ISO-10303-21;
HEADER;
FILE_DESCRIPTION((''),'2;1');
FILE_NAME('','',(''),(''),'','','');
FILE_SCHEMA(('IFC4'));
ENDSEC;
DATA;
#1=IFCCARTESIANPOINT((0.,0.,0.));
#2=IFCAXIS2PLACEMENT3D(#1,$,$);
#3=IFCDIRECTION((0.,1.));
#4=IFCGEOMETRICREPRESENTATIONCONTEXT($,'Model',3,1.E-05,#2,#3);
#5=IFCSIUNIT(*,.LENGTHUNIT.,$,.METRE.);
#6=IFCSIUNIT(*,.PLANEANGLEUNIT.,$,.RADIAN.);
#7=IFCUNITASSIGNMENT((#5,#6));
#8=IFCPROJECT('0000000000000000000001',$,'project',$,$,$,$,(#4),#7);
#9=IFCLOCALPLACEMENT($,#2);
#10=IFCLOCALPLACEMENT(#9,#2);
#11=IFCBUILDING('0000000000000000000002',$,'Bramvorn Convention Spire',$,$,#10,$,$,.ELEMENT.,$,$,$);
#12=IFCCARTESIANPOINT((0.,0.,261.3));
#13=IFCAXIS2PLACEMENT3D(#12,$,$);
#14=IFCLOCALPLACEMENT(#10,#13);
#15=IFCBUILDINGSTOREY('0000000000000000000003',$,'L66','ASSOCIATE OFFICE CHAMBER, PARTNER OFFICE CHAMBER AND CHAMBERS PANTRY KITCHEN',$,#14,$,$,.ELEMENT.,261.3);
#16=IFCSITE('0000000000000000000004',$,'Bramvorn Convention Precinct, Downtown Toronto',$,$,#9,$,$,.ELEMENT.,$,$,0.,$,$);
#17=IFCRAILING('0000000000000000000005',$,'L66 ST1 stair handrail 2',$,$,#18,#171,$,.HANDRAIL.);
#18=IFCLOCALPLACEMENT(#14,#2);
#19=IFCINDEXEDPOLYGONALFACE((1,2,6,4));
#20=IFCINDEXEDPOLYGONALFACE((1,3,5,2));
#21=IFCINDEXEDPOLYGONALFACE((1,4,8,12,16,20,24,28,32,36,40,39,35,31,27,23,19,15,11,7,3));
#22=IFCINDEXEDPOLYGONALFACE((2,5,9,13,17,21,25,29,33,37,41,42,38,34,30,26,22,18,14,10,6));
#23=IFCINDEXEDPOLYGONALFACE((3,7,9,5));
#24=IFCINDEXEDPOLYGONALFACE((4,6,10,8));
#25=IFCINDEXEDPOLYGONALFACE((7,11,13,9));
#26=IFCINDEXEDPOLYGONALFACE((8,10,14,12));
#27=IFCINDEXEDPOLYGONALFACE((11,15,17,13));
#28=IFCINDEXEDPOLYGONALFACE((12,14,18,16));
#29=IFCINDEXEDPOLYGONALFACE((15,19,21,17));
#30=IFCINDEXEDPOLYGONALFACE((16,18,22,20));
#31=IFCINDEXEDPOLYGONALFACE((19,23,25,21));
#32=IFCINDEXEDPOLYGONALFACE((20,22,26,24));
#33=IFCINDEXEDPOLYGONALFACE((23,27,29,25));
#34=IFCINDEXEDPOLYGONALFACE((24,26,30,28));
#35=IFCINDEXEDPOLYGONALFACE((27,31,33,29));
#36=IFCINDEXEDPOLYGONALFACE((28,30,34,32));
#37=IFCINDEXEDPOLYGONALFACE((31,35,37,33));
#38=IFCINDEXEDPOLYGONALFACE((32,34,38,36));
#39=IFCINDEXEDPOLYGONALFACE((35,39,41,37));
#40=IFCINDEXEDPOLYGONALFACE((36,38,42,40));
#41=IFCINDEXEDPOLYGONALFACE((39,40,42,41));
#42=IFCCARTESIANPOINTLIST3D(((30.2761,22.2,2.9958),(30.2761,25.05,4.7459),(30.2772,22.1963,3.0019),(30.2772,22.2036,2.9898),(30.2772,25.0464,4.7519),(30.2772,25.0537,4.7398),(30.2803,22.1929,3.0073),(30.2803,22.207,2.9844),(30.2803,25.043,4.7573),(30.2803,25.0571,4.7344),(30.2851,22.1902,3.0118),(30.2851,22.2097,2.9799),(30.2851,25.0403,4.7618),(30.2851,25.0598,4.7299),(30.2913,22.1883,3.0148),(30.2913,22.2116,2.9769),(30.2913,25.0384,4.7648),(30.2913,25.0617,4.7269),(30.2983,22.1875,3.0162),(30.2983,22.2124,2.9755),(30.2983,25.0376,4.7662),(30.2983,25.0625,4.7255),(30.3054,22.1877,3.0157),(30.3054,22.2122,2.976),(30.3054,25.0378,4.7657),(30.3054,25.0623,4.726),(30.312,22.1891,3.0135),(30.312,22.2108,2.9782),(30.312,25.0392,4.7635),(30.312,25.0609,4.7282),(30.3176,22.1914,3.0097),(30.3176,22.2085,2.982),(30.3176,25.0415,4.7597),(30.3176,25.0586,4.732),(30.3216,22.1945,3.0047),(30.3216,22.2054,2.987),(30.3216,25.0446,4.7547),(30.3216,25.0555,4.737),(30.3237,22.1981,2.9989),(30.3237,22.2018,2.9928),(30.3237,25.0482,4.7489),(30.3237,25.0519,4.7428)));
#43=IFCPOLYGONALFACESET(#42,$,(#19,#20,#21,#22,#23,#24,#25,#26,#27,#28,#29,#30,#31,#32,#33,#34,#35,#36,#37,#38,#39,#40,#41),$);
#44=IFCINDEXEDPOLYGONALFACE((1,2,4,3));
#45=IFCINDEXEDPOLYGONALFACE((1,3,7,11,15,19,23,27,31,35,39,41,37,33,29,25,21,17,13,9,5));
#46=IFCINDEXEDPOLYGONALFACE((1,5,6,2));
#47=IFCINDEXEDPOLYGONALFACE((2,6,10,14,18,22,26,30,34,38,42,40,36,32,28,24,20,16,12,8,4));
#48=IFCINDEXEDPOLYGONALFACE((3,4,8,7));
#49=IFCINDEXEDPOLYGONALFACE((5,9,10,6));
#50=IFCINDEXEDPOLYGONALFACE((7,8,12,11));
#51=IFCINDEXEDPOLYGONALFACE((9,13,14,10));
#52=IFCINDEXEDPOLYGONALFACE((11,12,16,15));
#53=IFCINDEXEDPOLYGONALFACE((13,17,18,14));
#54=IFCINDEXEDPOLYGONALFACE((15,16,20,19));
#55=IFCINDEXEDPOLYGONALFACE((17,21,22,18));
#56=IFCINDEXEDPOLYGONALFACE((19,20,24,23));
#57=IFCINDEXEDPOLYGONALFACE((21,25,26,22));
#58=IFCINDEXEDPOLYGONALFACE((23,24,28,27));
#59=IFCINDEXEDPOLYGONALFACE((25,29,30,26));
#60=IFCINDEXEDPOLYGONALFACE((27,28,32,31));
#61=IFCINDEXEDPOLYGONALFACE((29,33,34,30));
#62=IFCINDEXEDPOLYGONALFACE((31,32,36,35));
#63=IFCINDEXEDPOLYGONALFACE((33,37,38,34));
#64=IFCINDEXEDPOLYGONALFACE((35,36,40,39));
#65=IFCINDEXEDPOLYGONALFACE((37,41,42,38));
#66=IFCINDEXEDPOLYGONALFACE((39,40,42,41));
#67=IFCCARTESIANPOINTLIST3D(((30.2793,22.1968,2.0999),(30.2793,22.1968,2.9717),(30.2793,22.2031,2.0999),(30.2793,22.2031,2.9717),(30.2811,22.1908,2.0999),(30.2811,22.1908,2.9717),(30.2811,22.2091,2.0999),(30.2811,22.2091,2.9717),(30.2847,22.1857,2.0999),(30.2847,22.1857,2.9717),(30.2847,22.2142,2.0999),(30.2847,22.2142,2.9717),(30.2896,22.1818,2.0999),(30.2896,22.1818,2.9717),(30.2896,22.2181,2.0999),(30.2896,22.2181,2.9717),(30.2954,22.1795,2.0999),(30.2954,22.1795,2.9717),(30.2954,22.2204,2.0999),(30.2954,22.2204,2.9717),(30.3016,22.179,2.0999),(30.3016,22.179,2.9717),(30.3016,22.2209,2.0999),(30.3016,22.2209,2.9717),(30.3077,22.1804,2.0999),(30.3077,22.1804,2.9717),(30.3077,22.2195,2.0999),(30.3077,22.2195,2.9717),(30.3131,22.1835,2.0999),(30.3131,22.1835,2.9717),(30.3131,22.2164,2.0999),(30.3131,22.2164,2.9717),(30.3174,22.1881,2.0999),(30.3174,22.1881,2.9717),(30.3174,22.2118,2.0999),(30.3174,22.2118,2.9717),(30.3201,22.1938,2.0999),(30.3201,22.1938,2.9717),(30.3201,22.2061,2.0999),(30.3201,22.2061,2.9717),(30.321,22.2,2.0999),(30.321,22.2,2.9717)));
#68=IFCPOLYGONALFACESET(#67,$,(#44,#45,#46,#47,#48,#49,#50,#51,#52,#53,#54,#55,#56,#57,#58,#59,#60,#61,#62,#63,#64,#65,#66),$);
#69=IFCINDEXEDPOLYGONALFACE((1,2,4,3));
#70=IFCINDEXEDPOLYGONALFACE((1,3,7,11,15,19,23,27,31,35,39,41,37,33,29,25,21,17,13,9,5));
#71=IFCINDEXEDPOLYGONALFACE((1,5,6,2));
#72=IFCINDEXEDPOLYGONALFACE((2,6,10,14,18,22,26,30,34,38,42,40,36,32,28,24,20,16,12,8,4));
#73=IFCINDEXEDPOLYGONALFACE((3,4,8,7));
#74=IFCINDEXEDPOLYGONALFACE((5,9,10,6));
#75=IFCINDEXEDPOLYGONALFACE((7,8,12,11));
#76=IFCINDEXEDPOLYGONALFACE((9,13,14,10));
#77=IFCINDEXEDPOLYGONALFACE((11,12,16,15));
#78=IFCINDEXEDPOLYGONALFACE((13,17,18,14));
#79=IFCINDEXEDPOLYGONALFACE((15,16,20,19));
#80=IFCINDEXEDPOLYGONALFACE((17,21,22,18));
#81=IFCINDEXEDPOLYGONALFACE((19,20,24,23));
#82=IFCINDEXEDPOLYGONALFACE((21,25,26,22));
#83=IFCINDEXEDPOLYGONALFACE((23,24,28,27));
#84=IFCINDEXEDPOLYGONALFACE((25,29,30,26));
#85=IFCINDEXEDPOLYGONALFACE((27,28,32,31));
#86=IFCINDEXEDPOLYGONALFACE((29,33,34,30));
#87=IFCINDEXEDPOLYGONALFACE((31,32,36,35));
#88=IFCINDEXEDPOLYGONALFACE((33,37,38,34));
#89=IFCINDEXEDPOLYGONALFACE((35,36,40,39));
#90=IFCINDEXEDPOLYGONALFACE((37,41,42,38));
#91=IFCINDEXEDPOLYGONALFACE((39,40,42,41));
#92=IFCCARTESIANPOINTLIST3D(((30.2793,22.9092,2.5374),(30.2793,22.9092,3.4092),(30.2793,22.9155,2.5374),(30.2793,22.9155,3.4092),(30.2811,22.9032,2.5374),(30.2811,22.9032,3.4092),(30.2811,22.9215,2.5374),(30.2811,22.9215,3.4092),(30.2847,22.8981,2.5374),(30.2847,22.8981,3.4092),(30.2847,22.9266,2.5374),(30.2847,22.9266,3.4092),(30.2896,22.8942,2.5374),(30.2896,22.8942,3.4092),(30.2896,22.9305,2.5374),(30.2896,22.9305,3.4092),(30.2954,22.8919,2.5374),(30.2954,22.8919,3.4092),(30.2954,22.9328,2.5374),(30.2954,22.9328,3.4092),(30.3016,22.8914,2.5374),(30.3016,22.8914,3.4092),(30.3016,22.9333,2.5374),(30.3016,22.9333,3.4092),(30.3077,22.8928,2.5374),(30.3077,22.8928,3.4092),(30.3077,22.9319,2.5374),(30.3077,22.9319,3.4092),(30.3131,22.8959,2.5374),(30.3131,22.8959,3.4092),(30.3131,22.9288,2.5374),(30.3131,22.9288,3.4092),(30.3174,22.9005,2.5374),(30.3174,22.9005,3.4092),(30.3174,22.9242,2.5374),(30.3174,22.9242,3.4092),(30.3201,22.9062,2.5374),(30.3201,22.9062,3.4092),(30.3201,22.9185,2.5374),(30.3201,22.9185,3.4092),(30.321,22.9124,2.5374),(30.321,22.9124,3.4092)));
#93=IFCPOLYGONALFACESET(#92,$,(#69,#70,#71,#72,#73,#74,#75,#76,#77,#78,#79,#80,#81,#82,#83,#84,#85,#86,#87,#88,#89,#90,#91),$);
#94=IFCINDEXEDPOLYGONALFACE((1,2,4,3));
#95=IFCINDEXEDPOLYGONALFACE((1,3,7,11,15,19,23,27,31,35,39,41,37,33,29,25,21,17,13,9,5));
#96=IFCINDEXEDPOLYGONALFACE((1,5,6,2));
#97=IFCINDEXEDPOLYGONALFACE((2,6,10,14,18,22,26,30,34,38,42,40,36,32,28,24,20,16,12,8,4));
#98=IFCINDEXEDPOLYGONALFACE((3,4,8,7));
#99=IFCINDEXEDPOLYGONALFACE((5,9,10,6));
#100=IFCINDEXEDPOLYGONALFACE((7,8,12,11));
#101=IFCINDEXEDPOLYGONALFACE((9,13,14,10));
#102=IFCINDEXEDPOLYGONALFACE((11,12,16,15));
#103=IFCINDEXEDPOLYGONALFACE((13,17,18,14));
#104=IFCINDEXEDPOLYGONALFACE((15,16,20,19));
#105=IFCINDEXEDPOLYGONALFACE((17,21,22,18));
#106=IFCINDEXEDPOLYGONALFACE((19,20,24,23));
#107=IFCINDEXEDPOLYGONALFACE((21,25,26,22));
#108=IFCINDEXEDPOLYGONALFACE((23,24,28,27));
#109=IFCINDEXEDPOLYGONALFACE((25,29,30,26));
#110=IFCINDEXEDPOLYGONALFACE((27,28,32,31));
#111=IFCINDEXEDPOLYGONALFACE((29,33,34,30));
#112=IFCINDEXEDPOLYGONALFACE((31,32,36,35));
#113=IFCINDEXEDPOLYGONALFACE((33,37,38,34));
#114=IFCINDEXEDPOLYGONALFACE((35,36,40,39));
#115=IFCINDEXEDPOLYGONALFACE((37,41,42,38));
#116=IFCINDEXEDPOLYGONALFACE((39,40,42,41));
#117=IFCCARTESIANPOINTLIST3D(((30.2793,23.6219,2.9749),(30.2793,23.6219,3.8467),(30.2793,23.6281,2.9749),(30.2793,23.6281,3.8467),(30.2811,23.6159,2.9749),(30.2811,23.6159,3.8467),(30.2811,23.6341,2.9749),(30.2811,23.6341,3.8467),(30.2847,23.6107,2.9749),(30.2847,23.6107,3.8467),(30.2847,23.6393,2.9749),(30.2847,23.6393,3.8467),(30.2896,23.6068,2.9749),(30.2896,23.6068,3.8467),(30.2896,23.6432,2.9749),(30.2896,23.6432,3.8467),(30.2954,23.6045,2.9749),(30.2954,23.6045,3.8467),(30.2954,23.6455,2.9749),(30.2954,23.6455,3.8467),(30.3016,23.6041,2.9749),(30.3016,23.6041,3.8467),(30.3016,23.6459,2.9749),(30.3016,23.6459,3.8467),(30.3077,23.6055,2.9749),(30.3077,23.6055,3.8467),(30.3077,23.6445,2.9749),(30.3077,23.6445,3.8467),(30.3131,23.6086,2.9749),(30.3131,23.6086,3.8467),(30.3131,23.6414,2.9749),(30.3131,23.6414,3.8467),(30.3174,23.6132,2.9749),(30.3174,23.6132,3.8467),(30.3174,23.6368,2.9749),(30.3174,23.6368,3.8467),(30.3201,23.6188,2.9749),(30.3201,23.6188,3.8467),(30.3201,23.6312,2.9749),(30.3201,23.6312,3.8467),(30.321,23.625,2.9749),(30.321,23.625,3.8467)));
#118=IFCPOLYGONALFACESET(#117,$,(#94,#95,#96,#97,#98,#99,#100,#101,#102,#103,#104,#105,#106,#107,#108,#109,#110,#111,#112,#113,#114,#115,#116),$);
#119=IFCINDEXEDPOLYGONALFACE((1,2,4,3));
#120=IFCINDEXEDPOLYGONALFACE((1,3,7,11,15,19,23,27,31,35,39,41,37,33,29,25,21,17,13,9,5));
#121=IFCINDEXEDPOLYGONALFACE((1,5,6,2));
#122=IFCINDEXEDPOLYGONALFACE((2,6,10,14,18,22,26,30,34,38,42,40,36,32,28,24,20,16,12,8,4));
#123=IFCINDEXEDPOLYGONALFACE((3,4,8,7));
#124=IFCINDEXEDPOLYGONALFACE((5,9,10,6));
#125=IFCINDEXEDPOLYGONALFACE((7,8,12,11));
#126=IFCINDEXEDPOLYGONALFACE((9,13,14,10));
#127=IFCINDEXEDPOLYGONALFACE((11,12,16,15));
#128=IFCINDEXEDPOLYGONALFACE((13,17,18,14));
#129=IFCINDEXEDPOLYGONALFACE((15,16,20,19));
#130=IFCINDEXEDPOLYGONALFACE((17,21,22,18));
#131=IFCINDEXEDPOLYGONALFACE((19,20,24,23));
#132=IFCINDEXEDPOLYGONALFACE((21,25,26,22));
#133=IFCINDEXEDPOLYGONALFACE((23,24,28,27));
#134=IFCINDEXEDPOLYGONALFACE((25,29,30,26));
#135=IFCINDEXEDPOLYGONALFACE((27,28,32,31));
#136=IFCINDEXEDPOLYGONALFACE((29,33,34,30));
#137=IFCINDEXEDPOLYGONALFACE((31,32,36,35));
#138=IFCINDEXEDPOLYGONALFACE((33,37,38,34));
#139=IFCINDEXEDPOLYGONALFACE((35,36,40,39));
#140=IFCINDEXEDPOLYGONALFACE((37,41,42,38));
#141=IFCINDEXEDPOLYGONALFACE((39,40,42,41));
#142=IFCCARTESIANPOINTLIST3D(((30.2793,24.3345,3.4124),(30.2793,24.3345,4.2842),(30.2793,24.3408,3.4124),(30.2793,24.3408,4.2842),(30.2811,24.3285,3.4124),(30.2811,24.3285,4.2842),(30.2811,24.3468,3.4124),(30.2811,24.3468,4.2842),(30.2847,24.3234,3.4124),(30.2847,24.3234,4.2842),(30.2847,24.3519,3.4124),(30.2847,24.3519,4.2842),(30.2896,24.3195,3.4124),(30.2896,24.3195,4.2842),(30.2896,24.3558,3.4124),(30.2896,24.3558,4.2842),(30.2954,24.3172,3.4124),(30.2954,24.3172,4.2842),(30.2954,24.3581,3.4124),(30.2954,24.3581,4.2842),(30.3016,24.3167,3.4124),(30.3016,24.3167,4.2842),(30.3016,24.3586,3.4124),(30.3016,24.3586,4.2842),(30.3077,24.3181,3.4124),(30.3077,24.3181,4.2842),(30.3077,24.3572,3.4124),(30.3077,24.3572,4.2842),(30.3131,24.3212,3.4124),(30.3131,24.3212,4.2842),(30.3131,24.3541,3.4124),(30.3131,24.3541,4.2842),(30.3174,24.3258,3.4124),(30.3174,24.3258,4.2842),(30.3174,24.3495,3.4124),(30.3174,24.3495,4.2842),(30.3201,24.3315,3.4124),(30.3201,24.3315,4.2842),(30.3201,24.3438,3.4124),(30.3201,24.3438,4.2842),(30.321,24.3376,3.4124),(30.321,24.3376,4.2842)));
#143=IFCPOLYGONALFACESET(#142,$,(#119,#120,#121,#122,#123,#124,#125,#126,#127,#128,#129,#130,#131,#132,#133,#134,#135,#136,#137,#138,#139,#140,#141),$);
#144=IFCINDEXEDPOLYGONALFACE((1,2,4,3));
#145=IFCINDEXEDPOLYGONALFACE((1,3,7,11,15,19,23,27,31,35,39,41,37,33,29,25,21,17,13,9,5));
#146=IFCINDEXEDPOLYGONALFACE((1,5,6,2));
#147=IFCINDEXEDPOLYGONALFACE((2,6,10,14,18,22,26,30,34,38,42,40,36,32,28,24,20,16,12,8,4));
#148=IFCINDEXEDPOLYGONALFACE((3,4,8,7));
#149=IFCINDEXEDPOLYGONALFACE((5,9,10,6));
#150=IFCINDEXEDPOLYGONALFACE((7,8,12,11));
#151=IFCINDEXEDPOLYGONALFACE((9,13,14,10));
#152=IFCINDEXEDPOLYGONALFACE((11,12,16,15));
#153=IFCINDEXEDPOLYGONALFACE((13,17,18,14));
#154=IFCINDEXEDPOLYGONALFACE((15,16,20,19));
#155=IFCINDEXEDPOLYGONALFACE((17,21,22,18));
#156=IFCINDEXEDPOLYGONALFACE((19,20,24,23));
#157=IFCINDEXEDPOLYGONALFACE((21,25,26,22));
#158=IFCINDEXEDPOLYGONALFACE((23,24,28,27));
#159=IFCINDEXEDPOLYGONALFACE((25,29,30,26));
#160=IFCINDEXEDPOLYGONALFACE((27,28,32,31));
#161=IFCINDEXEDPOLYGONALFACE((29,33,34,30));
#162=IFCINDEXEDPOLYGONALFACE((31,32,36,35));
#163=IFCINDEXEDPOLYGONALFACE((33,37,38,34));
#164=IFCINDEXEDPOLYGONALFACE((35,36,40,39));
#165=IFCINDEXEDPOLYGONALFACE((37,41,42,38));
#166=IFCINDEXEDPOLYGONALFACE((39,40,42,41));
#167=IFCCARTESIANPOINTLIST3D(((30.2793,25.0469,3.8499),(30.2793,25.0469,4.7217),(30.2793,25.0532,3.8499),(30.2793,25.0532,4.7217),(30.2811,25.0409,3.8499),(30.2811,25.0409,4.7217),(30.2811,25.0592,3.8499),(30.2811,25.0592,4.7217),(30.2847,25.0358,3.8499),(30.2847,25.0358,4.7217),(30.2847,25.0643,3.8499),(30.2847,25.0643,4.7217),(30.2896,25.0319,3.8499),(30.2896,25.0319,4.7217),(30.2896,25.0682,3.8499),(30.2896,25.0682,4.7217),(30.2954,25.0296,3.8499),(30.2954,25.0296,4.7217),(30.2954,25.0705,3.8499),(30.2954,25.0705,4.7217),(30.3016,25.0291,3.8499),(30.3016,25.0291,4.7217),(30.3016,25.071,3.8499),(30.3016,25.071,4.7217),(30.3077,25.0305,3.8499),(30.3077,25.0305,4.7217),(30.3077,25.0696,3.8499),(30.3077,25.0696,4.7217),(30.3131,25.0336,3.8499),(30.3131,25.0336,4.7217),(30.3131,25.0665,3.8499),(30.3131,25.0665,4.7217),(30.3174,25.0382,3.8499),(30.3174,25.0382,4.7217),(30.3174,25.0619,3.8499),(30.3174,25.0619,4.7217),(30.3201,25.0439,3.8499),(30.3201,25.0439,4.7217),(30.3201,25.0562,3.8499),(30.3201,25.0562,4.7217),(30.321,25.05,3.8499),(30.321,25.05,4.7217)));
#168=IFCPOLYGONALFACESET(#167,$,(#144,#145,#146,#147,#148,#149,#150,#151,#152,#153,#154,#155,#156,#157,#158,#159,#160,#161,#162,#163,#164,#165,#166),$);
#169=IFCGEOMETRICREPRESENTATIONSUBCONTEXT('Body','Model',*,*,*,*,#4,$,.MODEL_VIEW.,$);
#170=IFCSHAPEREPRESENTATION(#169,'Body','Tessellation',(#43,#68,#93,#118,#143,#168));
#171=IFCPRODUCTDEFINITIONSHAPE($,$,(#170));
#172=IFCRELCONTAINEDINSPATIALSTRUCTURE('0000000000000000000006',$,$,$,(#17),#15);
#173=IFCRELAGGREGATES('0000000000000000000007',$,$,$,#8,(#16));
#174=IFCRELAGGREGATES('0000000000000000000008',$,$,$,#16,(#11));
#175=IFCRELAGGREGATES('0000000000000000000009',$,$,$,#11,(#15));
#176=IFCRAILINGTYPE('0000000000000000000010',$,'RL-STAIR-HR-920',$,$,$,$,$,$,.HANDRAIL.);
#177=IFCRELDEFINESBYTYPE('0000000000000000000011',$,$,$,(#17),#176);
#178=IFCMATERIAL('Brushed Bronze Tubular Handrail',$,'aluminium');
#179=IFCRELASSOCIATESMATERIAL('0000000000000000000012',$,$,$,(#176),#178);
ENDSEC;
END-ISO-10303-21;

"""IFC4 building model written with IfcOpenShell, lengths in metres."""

from ifc_helpers import new_model, si_unit, direction, frame, origin, origin_2d, place, context, subcontext, project, spatial, circle, extrude, material, type_object, element, save


model = new_model("IFC4")

# Units and contexts
model_context = context("Model", 3, precision=1e-05, world=origin(), true_north=direction((0.0, 1.0)))
body_context = subcontext(model_context, "Body", "Model", "MODEL_VIEW")
ifc_project = project(units=[si_unit("LENGTHUNIT", "METRE"), si_unit("PLANEANGLEUNIT", "RADIAN")], contexts=[model_context])

# Site, building, storey
site_placement = place(None, origin())
site = spatial("IfcSite", under=ifc_project, at=site_placement, Name="Bramvorn Convention Precinct, Downtown Toronto", CompositionType="ELEMENT", RefElevation=0.0)
building_placement = place(site_placement, origin())
building = spatial("IfcBuilding", under=site, at=building_placement, Name="Bramvorn Convention Spire", CompositionType="ELEMENT")
storey_placement = place(building_placement, frame((0.0, 0.0, 261.3)))
storey = spatial("IfcBuildingStorey", under=building, at=storey_placement, Name="L66", Description="ASSOCIATE OFFICE CHAMBER, PARTNER OFFICE CHAMBER AND CHAMBERS PANTRY KITCHEN", CompositionType="ELEMENT", Elevation=261.3)

# Railing
ifc_material_1 = material(Name="Brushed Bronze Tubular Handrail", Category="aluminium")
railing_type_1 = type_object("IfcRailingType", Name="RL-STAIR-HR-920", PredefinedType="HANDRAIL", material=ifc_material_1)
railing_1_placement = place(storey_placement, frame((30.3, 22.2, 2.0999)))
element("IfcRailing", 1, at=railing_1_placement, inside=storey, type_object=railing_type_1, Name="L66 ST1 stair handrail 2", PredefinedType="HANDRAIL", context=body_context, shape_type="SweptSolid", body=[
    extrude(circle(Radius=0.0239, at=origin_2d()), frame((0.0, 0.0, 0.896), z_axis=(0.0, 0.852179, 0.52325), x_axis=(-1.0, 0.0, 0.0)), (0.0, 0.0, 1.0), 3.3445),
    extrude(circle(Radius=0.021, at=origin_2d()), origin(), (0.0, 0.0, 1.0), 0.8718),
    extrude(circle(Radius=0.021, at=origin_2d()), frame((0.0, 0.7124, 0.4375)), (0.0, 0.0, 1.0), 0.8718),
    extrude(circle(Radius=0.021, at=origin_2d()), frame((0.0, 1.425, 0.875)), (0.0, 0.0, 1.0), 0.8718),
    extrude(circle(Radius=0.021, at=origin_2d()), frame((0.0, 2.1377, 1.3125)), (0.0, 0.0, 1.0), 0.8718),
    extrude(circle(Radius=0.021, at=origin_2d()), frame((0.0, 2.8501, 1.75)), (0.0, 0.0, 1.0), 0.8718),
])

save(model, "model.ifc")
